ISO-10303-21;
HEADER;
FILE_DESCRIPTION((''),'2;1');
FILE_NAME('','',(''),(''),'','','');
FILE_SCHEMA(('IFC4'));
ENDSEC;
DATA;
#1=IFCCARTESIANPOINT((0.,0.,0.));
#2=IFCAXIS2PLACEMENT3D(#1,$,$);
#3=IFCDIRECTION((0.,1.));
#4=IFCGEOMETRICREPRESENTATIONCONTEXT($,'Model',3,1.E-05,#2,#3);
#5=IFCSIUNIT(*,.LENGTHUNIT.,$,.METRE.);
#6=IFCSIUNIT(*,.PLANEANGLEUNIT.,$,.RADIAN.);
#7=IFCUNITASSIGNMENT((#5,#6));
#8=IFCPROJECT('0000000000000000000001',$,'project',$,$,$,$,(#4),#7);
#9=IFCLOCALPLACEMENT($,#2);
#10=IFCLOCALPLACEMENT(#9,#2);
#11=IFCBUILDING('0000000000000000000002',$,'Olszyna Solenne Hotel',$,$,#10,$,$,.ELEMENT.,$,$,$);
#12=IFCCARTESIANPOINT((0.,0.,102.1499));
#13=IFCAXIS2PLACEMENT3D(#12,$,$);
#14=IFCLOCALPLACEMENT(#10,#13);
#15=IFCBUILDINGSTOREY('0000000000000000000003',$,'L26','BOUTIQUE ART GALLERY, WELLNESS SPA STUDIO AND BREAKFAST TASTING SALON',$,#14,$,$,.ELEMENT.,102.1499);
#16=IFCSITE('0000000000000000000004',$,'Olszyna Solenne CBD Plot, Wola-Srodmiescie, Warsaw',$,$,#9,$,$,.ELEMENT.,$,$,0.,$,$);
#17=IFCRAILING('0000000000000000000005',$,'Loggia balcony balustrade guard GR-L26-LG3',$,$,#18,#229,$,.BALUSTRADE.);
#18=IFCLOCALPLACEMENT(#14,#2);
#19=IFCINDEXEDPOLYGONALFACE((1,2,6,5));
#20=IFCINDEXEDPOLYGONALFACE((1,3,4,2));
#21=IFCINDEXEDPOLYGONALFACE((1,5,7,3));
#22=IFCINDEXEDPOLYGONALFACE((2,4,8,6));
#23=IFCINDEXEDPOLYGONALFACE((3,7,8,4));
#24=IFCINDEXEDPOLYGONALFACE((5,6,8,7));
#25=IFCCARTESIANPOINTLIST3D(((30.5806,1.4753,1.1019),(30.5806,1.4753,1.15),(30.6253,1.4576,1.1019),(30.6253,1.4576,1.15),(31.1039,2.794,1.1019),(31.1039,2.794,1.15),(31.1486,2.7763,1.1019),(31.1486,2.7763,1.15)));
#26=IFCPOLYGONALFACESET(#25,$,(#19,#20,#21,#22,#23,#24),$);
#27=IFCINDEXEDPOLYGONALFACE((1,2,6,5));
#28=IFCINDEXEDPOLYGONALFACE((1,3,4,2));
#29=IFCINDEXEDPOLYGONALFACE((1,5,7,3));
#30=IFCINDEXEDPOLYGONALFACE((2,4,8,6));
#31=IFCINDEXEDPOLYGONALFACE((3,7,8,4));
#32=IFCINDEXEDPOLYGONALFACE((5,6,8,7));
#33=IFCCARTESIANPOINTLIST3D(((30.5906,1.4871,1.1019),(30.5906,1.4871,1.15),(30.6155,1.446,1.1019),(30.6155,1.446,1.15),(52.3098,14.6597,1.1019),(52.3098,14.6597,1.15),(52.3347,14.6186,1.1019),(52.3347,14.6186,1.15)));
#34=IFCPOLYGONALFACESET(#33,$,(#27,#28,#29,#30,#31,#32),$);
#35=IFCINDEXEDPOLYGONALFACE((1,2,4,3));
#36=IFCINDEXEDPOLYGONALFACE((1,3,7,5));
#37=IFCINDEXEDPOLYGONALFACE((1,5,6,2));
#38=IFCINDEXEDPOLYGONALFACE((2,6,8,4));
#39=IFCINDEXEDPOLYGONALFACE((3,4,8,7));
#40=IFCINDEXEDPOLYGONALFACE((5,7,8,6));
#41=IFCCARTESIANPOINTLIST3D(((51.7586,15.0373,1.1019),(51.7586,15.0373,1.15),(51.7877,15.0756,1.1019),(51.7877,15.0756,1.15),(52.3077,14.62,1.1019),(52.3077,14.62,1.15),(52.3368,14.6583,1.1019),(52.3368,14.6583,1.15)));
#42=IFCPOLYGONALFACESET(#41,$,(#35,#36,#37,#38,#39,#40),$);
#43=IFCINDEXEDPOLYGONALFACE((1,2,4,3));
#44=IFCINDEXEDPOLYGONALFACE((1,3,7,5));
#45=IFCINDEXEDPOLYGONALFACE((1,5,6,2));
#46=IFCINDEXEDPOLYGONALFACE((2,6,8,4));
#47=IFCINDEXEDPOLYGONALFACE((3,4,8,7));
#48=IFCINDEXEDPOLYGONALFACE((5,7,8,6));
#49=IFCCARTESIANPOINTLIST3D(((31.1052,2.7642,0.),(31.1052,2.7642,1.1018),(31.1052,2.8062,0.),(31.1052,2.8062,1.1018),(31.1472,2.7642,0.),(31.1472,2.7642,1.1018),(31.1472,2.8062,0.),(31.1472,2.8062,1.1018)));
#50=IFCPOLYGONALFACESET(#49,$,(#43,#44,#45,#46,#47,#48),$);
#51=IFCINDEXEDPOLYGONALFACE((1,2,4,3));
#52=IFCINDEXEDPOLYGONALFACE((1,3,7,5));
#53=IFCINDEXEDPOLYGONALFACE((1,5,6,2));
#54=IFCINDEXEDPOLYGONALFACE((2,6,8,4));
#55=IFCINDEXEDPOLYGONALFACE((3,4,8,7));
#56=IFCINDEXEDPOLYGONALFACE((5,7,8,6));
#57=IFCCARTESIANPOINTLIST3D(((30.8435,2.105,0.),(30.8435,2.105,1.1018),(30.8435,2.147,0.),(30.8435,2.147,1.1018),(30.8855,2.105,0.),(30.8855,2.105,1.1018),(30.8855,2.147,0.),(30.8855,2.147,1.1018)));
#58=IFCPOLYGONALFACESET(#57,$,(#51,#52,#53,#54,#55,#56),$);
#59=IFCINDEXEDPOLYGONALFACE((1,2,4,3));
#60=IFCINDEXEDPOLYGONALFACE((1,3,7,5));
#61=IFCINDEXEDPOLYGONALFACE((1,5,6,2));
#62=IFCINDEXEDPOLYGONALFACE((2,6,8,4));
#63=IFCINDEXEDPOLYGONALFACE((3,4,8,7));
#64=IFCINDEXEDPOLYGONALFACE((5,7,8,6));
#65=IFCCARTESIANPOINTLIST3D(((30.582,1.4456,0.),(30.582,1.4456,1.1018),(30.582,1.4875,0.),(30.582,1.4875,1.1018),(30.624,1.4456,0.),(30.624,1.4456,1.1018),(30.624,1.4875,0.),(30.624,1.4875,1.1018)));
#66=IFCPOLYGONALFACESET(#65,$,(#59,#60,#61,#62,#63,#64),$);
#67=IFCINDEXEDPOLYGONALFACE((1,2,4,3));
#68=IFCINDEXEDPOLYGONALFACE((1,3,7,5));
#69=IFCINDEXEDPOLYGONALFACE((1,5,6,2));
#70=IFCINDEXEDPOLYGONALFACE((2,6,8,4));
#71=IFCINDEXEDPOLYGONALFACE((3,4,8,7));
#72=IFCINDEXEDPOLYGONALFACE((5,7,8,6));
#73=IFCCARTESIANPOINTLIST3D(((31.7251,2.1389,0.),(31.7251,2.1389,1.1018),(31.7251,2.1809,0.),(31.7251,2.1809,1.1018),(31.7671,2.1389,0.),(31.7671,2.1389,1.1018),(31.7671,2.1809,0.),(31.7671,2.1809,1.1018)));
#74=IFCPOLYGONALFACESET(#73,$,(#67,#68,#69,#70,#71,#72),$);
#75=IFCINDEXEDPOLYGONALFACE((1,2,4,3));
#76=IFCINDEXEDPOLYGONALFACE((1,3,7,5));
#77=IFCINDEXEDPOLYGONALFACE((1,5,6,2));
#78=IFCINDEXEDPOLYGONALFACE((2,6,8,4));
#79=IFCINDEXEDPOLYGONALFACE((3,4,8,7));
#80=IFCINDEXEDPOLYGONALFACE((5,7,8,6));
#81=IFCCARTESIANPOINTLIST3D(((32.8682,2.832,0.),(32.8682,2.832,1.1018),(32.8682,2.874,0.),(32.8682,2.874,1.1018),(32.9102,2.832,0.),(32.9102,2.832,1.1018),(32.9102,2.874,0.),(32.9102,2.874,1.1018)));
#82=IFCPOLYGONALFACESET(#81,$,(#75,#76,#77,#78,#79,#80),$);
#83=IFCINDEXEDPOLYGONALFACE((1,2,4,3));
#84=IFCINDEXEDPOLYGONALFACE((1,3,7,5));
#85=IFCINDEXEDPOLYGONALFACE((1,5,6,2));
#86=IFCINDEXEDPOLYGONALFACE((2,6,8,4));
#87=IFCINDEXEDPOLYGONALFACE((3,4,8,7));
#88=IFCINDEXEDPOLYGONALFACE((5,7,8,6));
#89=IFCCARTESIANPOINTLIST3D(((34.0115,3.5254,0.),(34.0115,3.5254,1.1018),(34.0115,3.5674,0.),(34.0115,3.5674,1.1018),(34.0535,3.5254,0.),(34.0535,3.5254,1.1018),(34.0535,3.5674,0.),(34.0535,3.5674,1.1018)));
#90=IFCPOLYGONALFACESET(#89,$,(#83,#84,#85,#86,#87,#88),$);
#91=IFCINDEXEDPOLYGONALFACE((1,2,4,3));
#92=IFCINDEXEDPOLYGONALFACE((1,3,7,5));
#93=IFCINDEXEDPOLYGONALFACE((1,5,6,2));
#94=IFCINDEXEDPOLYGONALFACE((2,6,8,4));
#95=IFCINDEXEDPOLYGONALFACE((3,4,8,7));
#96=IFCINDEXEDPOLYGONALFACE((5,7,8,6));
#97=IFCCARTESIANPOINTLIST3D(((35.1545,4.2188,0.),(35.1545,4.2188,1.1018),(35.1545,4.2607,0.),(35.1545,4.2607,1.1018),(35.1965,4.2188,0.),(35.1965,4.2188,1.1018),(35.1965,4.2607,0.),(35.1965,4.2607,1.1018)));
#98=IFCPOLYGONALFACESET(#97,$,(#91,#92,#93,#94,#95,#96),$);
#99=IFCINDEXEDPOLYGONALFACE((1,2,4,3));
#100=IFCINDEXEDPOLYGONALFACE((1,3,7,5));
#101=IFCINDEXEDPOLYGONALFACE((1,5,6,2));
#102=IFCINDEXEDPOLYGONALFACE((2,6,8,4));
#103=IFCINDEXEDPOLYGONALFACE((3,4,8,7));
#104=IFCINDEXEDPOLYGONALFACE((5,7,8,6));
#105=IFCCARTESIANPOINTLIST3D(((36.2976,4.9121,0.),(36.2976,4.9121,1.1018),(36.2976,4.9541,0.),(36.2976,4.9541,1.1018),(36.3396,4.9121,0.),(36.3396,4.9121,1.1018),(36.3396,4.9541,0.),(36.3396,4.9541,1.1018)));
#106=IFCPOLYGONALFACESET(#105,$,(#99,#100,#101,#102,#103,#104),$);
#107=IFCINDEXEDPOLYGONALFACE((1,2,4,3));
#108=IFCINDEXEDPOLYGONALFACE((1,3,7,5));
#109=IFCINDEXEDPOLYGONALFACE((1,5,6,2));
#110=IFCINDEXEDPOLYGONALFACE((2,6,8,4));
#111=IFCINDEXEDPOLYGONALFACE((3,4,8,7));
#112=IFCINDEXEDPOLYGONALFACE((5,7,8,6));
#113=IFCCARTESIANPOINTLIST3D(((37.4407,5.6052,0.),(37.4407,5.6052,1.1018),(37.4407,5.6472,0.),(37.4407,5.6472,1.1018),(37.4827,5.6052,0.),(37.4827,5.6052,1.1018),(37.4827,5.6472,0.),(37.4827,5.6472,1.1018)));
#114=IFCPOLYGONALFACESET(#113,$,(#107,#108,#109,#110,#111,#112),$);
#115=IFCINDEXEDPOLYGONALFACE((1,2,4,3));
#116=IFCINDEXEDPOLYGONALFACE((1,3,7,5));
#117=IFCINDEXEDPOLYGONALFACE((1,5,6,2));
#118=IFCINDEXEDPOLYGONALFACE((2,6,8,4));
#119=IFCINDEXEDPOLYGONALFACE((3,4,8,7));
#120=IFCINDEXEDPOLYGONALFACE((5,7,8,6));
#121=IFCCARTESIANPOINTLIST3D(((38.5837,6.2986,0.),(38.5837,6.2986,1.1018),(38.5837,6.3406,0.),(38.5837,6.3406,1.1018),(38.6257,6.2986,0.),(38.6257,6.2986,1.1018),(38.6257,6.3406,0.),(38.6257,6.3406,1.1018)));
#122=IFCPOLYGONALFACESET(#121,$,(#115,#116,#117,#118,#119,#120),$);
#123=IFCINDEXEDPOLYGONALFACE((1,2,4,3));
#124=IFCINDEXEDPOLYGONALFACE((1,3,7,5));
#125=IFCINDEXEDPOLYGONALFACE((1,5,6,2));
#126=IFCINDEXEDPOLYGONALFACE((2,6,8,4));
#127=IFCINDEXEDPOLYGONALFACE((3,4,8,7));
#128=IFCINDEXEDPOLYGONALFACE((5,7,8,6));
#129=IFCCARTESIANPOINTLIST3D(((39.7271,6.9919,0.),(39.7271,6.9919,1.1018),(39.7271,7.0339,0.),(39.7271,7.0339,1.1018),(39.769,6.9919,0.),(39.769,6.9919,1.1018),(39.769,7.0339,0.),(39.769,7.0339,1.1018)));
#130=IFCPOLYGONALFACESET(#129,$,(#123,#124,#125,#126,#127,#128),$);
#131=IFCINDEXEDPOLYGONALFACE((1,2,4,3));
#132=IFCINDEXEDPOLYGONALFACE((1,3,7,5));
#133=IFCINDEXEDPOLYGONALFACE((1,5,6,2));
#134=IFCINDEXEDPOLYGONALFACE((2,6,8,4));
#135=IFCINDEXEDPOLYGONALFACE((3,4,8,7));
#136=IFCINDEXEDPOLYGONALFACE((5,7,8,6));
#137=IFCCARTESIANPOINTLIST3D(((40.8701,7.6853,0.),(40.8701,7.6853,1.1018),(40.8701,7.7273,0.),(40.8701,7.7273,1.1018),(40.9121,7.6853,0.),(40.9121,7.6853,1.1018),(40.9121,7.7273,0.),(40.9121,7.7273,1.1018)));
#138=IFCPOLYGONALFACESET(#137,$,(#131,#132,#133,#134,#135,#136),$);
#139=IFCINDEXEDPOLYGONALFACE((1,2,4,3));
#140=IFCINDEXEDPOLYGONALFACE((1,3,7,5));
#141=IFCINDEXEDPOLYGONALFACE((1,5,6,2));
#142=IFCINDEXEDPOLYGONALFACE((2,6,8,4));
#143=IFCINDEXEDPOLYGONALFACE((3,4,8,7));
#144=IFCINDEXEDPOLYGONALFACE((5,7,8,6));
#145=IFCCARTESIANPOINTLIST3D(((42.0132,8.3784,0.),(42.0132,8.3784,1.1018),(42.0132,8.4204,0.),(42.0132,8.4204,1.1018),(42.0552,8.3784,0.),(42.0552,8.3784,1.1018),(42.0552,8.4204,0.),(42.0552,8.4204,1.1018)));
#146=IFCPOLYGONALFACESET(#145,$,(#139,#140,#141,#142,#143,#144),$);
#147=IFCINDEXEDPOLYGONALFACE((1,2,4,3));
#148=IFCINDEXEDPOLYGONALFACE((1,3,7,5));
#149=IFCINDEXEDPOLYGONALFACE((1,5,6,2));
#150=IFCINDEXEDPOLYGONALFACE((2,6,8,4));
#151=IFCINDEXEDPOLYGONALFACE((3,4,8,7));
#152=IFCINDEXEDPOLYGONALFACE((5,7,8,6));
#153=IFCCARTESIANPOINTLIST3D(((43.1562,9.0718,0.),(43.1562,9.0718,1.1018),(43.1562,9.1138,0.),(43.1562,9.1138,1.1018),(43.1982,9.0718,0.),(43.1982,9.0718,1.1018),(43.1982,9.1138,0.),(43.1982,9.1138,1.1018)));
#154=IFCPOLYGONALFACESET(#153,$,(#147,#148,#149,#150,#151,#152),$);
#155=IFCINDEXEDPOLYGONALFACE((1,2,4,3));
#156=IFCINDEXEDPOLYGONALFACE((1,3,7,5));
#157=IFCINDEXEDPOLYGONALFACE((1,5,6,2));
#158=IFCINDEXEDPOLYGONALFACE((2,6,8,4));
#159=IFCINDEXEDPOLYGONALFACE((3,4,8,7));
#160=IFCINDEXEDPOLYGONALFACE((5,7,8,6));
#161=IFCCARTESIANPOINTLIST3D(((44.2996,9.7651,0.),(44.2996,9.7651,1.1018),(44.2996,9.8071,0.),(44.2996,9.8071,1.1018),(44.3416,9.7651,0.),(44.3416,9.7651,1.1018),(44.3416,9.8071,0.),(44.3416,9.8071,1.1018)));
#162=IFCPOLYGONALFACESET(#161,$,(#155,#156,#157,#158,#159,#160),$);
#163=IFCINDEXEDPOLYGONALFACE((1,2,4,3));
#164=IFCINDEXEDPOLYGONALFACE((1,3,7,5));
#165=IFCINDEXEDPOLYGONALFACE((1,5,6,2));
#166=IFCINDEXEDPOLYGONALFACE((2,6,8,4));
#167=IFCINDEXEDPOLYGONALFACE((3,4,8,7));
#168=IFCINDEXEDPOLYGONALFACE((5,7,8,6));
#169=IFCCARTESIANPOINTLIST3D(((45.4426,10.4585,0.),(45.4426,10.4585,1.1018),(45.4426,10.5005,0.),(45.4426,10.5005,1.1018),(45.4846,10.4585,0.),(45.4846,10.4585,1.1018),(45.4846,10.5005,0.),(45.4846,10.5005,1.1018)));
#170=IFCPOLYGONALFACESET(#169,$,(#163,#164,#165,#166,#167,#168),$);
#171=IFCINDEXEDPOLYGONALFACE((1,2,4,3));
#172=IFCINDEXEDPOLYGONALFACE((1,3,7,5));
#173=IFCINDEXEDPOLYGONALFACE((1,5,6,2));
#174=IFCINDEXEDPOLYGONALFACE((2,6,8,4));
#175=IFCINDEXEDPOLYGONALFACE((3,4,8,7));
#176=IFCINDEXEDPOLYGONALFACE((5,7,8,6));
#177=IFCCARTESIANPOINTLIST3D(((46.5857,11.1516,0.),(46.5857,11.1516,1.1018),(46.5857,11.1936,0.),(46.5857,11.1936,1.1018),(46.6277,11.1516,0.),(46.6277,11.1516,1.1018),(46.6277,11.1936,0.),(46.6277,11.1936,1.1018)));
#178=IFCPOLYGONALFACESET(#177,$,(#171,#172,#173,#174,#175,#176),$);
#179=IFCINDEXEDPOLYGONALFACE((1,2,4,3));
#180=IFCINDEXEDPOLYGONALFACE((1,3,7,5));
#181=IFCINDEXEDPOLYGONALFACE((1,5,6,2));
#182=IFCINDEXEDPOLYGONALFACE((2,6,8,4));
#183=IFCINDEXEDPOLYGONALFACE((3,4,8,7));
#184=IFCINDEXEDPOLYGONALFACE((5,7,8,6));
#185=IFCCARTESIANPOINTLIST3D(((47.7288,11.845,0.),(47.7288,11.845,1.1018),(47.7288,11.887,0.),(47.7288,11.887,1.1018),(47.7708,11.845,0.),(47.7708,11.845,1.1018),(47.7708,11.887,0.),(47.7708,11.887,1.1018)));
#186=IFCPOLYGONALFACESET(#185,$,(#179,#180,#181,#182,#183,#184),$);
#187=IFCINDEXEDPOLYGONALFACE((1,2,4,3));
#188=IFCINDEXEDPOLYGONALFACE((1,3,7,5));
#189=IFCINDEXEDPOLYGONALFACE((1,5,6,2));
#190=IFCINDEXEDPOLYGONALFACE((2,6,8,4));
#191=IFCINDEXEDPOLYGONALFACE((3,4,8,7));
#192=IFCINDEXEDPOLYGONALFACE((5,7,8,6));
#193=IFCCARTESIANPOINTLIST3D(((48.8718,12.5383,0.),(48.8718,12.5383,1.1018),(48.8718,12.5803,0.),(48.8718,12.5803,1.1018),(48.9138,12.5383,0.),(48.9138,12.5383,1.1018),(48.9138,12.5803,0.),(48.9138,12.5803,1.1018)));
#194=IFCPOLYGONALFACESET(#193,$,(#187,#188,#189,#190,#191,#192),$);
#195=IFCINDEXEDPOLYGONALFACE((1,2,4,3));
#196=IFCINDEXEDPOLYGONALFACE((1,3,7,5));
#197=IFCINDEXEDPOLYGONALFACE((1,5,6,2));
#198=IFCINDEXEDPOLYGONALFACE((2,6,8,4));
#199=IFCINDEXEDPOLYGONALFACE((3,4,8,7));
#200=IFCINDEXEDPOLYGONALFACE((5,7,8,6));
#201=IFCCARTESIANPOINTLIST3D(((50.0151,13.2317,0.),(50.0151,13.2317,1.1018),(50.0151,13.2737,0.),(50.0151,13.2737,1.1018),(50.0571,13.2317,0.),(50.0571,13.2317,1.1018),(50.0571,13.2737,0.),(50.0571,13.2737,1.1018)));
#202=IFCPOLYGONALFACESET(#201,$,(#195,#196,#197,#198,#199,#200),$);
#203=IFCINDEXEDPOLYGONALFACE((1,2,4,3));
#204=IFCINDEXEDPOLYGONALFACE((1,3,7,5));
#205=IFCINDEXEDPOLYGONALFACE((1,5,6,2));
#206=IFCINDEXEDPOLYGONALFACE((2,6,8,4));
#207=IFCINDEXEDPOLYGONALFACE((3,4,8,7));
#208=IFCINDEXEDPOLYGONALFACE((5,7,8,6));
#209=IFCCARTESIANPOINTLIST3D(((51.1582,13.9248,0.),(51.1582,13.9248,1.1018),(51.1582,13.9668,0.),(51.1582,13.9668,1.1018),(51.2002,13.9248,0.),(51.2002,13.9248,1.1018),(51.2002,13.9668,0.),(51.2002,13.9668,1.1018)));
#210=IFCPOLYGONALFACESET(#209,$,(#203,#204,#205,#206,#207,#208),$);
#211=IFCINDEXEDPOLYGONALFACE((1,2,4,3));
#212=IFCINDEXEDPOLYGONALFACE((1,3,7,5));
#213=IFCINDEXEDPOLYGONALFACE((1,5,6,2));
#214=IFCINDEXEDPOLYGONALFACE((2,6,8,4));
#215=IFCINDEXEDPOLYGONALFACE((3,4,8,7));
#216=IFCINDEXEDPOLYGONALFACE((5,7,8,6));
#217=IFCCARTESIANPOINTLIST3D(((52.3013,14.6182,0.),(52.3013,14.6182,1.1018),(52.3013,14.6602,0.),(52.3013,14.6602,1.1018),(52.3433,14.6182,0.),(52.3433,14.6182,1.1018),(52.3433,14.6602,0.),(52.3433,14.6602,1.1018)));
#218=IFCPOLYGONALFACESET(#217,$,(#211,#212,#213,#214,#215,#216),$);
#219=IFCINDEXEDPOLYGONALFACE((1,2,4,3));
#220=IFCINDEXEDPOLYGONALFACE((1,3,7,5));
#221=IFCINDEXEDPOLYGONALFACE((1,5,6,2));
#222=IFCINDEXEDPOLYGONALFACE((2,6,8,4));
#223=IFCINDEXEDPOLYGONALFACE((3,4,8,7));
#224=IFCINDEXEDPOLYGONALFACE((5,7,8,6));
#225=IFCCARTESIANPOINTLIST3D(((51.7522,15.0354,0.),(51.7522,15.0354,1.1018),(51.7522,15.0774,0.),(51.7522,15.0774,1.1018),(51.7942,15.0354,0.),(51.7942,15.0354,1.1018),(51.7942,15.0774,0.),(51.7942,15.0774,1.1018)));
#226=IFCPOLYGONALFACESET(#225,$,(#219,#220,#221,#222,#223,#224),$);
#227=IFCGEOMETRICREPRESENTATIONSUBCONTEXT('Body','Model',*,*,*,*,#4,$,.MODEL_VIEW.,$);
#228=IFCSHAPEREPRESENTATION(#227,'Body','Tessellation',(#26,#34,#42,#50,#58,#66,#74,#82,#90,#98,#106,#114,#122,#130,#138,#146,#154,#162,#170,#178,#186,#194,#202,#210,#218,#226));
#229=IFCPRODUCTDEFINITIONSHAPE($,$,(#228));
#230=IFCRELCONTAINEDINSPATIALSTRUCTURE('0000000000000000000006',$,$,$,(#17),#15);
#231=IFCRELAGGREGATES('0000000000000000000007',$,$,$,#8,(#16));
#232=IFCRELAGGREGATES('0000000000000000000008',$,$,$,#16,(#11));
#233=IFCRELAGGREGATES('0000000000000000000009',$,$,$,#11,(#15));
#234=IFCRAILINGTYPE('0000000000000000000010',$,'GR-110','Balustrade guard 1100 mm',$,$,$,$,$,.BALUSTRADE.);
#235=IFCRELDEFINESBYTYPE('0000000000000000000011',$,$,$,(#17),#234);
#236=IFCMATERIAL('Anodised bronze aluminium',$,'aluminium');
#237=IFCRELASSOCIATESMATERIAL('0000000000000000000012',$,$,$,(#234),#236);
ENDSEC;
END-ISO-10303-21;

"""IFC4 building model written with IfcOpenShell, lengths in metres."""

from ifc_helpers import new_model, si_unit, direction, frame, origin, origin_2d, place, context, subcontext, project, spatial, rectangle, extrude, material, type_object, element, save


model = new_model("IFC4")

# Units and contexts
model_context = context("Model", 3, precision=1e-05, world=origin(), true_north=direction((0.0, 1.0)))
body_context = subcontext(model_context, "Body", "Model", "MODEL_VIEW")
ifc_project = project(units=[si_unit("LENGTHUNIT", "METRE"), si_unit("PLANEANGLEUNIT", "RADIAN")], contexts=[model_context])

# Site, building, storey
site_placement = place(None, origin())
site = spatial("IfcSite", under=ifc_project, at=site_placement, Name="Olszyna Solenne CBD Plot, Wola-Srodmiescie, Warsaw", CompositionType="ELEMENT", RefElevation=0.0)
building_placement = place(site_placement, origin())
building = spatial("IfcBuilding", under=site, at=building_placement, Name="Olszyna Solenne Hotel", CompositionType="ELEMENT")
storey_placement = place(building_placement, frame((0.0, 0.0, 102.1499)))
storey = spatial("IfcBuildingStorey", under=building, at=storey_placement, Name="L26", Description="BOUTIQUE ART GALLERY, WELLNESS SPA STUDIO AND BREAKFAST TASTING SALON", CompositionType="ELEMENT", Elevation=102.1499)

# Shared definitions
ifc_material_1 = material(Name="Anodised bronze aluminium", Category="aluminium")

# Railing
railing_type = type_object("IfcRailingType", Name="GR-110", Description="Balustrade guard 1100 mm", PredefinedType="BALUSTRADE", material=ifc_material_1)
railing_placement = place(storey_placement, frame((31.1262, 2.7852, 0.0)))
element("IfcRailing", 1, at=railing_placement, inside=storey, type_object=railing_type, Name="Loggia balcony balustrade guard GR-L26-LG3", PredefinedType="BALUSTRADE", context=body_context, shape_type="SweptSolid", body=[
    extrude(rectangle(XDim=0.0481, YDim=0.0481, at=origin_2d()), frame((0.0, 0.0, 1.126), z_axis=(-0.368808, -0.929506, 0.0), x_axis=(0.929506, -0.368808, 0.0)), (0.0, 0.0, 1.0), 1.4187),
    extrude(rectangle(XDim=0.0481, YDim=0.0481, at=origin_2d()), frame((-0.5232, -1.3186, 1.126), z_axis=(0.855033, 0.518573, 0.0), x_axis=(-0.518573, 0.855033, 0.0)), (0.0, 0.0, 1.0), 25.4016),
    extrude(rectangle(XDim=0.0481, YDim=0.0481, at=origin_2d()), frame((21.196, 11.854, 1.126), z_axis=(-0.796203, 0.605029, 0.0), x_axis=(-0.605029, -0.796203, 0.0)), (0.0, 0.0, 1.0), 0.6897),
    extrude(rectangle(XDim=0.042, YDim=0.042, at=origin_2d()), origin(), (0.0, 0.0, 1.0), 1.1018),
    extrude(rectangle(XDim=0.042, YDim=0.042, at=origin_2d()), frame((-0.2617, -0.6592, 0.0)), (0.0, 0.0, 1.0), 1.1018),
    extrude(rectangle(XDim=0.042, YDim=0.042, at=origin_2d()), frame((-0.5232, -1.3186, 0.0)), (0.0, 0.0, 1.0), 1.1018),
    extrude(rectangle(XDim=0.042, YDim=0.042, at=origin_2d()), frame((0.6199, -0.6252, 0.0)), (0.0, 0.0, 1.0), 1.1018),
    extrude(rectangle(XDim=0.042, YDim=0.042, at=origin_2d()), frame((1.7629, 0.0679, 0.0)), (0.0, 0.0, 1.0), 1.1018),
    extrude(rectangle(XDim=0.042, YDim=0.042, at=origin_2d()), frame((2.9062, 0.7612, 0.0)), (0.0, 0.0, 1.0), 1.1018),
    extrude(rectangle(XDim=0.042, YDim=0.042, at=origin_2d()), frame((4.0493, 1.4546, 0.0)), (0.0, 0.0, 1.0), 1.1018),
    extrude(rectangle(XDim=0.042, YDim=0.042, at=origin_2d()), frame((5.1924, 2.1479, 0.0)), (0.0, 0.0, 1.0), 1.1018),
    extrude(rectangle(XDim=0.042, YDim=0.042, at=origin_2d()), frame((6.3354, 2.8411, 0.0)), (0.0, 0.0, 1.0), 1.1018),
    extrude(rectangle(XDim=0.042, YDim=0.042, at=origin_2d()), frame((7.4785, 3.5344, 0.0)), (0.0, 0.0, 1.0), 1.1018),
    extrude(rectangle(XDim=0.042, YDim=0.042, at=origin_2d()), frame((8.6218, 4.2278, 0.0)), (0.0, 0.0, 1.0), 1.1018),
    extrude(rectangle(XDim=0.042, YDim=0.042, at=origin_2d()), frame((9.7649, 4.9211, 0.0)), (0.0, 0.0, 1.0), 1.1018),
    extrude(rectangle(XDim=0.042, YDim=0.042, at=origin_2d()), frame((10.908, 5.6143, 0.0)), (0.0, 0.0, 1.0), 1.1018),
    extrude(rectangle(XDim=0.042, YDim=0.042, at=origin_2d()), frame((12.051, 6.3076, 0.0)), (0.0, 0.0, 1.0), 1.1018),
    extrude(rectangle(XDim=0.042, YDim=0.042, at=origin_2d()), frame((13.1943, 7.001, 0.0)), (0.0, 0.0, 1.0), 1.1018),
    extrude(rectangle(XDim=0.042, YDim=0.042, at=origin_2d()), frame((14.3374, 7.6943, 0.0)), (0.0, 0.0, 1.0), 1.1018),
    extrude(rectangle(XDim=0.042, YDim=0.042, at=origin_2d()), frame((15.4805, 8.3875, 0.0)), (0.0, 0.0, 1.0), 1.1018),
    extrude(rectangle(XDim=0.042, YDim=0.042, at=origin_2d()), frame((16.6235, 9.0808, 0.0)), (0.0, 0.0, 1.0), 1.1018),
    extrude(rectangle(XDim=0.042, YDim=0.042, at=origin_2d()), frame((17.7666, 9.7742, 0.0)), (0.0, 0.0, 1.0), 1.1018),
    extrude(rectangle(XDim=0.042, YDim=0.042, at=origin_2d()), frame((18.9099, 10.4675, 0.0)), (0.0, 0.0, 1.0), 1.1018),
    extrude(rectangle(XDim=0.042, YDim=0.042, at=origin_2d()), frame((20.053, 11.1606, 0.0)), (0.0, 0.0, 1.0), 1.1018),
    extrude(rectangle(XDim=0.042, YDim=0.042, at=origin_2d()), frame((21.196, 11.854, 0.0)), (0.0, 0.0, 1.0), 1.1018),
    extrude(rectangle(XDim=0.042, YDim=0.042, at=origin_2d()), frame((20.647, 12.2712, 0.0)), (0.0, 0.0, 1.0), 1.1018),
])

save(model, "model.ifc")
